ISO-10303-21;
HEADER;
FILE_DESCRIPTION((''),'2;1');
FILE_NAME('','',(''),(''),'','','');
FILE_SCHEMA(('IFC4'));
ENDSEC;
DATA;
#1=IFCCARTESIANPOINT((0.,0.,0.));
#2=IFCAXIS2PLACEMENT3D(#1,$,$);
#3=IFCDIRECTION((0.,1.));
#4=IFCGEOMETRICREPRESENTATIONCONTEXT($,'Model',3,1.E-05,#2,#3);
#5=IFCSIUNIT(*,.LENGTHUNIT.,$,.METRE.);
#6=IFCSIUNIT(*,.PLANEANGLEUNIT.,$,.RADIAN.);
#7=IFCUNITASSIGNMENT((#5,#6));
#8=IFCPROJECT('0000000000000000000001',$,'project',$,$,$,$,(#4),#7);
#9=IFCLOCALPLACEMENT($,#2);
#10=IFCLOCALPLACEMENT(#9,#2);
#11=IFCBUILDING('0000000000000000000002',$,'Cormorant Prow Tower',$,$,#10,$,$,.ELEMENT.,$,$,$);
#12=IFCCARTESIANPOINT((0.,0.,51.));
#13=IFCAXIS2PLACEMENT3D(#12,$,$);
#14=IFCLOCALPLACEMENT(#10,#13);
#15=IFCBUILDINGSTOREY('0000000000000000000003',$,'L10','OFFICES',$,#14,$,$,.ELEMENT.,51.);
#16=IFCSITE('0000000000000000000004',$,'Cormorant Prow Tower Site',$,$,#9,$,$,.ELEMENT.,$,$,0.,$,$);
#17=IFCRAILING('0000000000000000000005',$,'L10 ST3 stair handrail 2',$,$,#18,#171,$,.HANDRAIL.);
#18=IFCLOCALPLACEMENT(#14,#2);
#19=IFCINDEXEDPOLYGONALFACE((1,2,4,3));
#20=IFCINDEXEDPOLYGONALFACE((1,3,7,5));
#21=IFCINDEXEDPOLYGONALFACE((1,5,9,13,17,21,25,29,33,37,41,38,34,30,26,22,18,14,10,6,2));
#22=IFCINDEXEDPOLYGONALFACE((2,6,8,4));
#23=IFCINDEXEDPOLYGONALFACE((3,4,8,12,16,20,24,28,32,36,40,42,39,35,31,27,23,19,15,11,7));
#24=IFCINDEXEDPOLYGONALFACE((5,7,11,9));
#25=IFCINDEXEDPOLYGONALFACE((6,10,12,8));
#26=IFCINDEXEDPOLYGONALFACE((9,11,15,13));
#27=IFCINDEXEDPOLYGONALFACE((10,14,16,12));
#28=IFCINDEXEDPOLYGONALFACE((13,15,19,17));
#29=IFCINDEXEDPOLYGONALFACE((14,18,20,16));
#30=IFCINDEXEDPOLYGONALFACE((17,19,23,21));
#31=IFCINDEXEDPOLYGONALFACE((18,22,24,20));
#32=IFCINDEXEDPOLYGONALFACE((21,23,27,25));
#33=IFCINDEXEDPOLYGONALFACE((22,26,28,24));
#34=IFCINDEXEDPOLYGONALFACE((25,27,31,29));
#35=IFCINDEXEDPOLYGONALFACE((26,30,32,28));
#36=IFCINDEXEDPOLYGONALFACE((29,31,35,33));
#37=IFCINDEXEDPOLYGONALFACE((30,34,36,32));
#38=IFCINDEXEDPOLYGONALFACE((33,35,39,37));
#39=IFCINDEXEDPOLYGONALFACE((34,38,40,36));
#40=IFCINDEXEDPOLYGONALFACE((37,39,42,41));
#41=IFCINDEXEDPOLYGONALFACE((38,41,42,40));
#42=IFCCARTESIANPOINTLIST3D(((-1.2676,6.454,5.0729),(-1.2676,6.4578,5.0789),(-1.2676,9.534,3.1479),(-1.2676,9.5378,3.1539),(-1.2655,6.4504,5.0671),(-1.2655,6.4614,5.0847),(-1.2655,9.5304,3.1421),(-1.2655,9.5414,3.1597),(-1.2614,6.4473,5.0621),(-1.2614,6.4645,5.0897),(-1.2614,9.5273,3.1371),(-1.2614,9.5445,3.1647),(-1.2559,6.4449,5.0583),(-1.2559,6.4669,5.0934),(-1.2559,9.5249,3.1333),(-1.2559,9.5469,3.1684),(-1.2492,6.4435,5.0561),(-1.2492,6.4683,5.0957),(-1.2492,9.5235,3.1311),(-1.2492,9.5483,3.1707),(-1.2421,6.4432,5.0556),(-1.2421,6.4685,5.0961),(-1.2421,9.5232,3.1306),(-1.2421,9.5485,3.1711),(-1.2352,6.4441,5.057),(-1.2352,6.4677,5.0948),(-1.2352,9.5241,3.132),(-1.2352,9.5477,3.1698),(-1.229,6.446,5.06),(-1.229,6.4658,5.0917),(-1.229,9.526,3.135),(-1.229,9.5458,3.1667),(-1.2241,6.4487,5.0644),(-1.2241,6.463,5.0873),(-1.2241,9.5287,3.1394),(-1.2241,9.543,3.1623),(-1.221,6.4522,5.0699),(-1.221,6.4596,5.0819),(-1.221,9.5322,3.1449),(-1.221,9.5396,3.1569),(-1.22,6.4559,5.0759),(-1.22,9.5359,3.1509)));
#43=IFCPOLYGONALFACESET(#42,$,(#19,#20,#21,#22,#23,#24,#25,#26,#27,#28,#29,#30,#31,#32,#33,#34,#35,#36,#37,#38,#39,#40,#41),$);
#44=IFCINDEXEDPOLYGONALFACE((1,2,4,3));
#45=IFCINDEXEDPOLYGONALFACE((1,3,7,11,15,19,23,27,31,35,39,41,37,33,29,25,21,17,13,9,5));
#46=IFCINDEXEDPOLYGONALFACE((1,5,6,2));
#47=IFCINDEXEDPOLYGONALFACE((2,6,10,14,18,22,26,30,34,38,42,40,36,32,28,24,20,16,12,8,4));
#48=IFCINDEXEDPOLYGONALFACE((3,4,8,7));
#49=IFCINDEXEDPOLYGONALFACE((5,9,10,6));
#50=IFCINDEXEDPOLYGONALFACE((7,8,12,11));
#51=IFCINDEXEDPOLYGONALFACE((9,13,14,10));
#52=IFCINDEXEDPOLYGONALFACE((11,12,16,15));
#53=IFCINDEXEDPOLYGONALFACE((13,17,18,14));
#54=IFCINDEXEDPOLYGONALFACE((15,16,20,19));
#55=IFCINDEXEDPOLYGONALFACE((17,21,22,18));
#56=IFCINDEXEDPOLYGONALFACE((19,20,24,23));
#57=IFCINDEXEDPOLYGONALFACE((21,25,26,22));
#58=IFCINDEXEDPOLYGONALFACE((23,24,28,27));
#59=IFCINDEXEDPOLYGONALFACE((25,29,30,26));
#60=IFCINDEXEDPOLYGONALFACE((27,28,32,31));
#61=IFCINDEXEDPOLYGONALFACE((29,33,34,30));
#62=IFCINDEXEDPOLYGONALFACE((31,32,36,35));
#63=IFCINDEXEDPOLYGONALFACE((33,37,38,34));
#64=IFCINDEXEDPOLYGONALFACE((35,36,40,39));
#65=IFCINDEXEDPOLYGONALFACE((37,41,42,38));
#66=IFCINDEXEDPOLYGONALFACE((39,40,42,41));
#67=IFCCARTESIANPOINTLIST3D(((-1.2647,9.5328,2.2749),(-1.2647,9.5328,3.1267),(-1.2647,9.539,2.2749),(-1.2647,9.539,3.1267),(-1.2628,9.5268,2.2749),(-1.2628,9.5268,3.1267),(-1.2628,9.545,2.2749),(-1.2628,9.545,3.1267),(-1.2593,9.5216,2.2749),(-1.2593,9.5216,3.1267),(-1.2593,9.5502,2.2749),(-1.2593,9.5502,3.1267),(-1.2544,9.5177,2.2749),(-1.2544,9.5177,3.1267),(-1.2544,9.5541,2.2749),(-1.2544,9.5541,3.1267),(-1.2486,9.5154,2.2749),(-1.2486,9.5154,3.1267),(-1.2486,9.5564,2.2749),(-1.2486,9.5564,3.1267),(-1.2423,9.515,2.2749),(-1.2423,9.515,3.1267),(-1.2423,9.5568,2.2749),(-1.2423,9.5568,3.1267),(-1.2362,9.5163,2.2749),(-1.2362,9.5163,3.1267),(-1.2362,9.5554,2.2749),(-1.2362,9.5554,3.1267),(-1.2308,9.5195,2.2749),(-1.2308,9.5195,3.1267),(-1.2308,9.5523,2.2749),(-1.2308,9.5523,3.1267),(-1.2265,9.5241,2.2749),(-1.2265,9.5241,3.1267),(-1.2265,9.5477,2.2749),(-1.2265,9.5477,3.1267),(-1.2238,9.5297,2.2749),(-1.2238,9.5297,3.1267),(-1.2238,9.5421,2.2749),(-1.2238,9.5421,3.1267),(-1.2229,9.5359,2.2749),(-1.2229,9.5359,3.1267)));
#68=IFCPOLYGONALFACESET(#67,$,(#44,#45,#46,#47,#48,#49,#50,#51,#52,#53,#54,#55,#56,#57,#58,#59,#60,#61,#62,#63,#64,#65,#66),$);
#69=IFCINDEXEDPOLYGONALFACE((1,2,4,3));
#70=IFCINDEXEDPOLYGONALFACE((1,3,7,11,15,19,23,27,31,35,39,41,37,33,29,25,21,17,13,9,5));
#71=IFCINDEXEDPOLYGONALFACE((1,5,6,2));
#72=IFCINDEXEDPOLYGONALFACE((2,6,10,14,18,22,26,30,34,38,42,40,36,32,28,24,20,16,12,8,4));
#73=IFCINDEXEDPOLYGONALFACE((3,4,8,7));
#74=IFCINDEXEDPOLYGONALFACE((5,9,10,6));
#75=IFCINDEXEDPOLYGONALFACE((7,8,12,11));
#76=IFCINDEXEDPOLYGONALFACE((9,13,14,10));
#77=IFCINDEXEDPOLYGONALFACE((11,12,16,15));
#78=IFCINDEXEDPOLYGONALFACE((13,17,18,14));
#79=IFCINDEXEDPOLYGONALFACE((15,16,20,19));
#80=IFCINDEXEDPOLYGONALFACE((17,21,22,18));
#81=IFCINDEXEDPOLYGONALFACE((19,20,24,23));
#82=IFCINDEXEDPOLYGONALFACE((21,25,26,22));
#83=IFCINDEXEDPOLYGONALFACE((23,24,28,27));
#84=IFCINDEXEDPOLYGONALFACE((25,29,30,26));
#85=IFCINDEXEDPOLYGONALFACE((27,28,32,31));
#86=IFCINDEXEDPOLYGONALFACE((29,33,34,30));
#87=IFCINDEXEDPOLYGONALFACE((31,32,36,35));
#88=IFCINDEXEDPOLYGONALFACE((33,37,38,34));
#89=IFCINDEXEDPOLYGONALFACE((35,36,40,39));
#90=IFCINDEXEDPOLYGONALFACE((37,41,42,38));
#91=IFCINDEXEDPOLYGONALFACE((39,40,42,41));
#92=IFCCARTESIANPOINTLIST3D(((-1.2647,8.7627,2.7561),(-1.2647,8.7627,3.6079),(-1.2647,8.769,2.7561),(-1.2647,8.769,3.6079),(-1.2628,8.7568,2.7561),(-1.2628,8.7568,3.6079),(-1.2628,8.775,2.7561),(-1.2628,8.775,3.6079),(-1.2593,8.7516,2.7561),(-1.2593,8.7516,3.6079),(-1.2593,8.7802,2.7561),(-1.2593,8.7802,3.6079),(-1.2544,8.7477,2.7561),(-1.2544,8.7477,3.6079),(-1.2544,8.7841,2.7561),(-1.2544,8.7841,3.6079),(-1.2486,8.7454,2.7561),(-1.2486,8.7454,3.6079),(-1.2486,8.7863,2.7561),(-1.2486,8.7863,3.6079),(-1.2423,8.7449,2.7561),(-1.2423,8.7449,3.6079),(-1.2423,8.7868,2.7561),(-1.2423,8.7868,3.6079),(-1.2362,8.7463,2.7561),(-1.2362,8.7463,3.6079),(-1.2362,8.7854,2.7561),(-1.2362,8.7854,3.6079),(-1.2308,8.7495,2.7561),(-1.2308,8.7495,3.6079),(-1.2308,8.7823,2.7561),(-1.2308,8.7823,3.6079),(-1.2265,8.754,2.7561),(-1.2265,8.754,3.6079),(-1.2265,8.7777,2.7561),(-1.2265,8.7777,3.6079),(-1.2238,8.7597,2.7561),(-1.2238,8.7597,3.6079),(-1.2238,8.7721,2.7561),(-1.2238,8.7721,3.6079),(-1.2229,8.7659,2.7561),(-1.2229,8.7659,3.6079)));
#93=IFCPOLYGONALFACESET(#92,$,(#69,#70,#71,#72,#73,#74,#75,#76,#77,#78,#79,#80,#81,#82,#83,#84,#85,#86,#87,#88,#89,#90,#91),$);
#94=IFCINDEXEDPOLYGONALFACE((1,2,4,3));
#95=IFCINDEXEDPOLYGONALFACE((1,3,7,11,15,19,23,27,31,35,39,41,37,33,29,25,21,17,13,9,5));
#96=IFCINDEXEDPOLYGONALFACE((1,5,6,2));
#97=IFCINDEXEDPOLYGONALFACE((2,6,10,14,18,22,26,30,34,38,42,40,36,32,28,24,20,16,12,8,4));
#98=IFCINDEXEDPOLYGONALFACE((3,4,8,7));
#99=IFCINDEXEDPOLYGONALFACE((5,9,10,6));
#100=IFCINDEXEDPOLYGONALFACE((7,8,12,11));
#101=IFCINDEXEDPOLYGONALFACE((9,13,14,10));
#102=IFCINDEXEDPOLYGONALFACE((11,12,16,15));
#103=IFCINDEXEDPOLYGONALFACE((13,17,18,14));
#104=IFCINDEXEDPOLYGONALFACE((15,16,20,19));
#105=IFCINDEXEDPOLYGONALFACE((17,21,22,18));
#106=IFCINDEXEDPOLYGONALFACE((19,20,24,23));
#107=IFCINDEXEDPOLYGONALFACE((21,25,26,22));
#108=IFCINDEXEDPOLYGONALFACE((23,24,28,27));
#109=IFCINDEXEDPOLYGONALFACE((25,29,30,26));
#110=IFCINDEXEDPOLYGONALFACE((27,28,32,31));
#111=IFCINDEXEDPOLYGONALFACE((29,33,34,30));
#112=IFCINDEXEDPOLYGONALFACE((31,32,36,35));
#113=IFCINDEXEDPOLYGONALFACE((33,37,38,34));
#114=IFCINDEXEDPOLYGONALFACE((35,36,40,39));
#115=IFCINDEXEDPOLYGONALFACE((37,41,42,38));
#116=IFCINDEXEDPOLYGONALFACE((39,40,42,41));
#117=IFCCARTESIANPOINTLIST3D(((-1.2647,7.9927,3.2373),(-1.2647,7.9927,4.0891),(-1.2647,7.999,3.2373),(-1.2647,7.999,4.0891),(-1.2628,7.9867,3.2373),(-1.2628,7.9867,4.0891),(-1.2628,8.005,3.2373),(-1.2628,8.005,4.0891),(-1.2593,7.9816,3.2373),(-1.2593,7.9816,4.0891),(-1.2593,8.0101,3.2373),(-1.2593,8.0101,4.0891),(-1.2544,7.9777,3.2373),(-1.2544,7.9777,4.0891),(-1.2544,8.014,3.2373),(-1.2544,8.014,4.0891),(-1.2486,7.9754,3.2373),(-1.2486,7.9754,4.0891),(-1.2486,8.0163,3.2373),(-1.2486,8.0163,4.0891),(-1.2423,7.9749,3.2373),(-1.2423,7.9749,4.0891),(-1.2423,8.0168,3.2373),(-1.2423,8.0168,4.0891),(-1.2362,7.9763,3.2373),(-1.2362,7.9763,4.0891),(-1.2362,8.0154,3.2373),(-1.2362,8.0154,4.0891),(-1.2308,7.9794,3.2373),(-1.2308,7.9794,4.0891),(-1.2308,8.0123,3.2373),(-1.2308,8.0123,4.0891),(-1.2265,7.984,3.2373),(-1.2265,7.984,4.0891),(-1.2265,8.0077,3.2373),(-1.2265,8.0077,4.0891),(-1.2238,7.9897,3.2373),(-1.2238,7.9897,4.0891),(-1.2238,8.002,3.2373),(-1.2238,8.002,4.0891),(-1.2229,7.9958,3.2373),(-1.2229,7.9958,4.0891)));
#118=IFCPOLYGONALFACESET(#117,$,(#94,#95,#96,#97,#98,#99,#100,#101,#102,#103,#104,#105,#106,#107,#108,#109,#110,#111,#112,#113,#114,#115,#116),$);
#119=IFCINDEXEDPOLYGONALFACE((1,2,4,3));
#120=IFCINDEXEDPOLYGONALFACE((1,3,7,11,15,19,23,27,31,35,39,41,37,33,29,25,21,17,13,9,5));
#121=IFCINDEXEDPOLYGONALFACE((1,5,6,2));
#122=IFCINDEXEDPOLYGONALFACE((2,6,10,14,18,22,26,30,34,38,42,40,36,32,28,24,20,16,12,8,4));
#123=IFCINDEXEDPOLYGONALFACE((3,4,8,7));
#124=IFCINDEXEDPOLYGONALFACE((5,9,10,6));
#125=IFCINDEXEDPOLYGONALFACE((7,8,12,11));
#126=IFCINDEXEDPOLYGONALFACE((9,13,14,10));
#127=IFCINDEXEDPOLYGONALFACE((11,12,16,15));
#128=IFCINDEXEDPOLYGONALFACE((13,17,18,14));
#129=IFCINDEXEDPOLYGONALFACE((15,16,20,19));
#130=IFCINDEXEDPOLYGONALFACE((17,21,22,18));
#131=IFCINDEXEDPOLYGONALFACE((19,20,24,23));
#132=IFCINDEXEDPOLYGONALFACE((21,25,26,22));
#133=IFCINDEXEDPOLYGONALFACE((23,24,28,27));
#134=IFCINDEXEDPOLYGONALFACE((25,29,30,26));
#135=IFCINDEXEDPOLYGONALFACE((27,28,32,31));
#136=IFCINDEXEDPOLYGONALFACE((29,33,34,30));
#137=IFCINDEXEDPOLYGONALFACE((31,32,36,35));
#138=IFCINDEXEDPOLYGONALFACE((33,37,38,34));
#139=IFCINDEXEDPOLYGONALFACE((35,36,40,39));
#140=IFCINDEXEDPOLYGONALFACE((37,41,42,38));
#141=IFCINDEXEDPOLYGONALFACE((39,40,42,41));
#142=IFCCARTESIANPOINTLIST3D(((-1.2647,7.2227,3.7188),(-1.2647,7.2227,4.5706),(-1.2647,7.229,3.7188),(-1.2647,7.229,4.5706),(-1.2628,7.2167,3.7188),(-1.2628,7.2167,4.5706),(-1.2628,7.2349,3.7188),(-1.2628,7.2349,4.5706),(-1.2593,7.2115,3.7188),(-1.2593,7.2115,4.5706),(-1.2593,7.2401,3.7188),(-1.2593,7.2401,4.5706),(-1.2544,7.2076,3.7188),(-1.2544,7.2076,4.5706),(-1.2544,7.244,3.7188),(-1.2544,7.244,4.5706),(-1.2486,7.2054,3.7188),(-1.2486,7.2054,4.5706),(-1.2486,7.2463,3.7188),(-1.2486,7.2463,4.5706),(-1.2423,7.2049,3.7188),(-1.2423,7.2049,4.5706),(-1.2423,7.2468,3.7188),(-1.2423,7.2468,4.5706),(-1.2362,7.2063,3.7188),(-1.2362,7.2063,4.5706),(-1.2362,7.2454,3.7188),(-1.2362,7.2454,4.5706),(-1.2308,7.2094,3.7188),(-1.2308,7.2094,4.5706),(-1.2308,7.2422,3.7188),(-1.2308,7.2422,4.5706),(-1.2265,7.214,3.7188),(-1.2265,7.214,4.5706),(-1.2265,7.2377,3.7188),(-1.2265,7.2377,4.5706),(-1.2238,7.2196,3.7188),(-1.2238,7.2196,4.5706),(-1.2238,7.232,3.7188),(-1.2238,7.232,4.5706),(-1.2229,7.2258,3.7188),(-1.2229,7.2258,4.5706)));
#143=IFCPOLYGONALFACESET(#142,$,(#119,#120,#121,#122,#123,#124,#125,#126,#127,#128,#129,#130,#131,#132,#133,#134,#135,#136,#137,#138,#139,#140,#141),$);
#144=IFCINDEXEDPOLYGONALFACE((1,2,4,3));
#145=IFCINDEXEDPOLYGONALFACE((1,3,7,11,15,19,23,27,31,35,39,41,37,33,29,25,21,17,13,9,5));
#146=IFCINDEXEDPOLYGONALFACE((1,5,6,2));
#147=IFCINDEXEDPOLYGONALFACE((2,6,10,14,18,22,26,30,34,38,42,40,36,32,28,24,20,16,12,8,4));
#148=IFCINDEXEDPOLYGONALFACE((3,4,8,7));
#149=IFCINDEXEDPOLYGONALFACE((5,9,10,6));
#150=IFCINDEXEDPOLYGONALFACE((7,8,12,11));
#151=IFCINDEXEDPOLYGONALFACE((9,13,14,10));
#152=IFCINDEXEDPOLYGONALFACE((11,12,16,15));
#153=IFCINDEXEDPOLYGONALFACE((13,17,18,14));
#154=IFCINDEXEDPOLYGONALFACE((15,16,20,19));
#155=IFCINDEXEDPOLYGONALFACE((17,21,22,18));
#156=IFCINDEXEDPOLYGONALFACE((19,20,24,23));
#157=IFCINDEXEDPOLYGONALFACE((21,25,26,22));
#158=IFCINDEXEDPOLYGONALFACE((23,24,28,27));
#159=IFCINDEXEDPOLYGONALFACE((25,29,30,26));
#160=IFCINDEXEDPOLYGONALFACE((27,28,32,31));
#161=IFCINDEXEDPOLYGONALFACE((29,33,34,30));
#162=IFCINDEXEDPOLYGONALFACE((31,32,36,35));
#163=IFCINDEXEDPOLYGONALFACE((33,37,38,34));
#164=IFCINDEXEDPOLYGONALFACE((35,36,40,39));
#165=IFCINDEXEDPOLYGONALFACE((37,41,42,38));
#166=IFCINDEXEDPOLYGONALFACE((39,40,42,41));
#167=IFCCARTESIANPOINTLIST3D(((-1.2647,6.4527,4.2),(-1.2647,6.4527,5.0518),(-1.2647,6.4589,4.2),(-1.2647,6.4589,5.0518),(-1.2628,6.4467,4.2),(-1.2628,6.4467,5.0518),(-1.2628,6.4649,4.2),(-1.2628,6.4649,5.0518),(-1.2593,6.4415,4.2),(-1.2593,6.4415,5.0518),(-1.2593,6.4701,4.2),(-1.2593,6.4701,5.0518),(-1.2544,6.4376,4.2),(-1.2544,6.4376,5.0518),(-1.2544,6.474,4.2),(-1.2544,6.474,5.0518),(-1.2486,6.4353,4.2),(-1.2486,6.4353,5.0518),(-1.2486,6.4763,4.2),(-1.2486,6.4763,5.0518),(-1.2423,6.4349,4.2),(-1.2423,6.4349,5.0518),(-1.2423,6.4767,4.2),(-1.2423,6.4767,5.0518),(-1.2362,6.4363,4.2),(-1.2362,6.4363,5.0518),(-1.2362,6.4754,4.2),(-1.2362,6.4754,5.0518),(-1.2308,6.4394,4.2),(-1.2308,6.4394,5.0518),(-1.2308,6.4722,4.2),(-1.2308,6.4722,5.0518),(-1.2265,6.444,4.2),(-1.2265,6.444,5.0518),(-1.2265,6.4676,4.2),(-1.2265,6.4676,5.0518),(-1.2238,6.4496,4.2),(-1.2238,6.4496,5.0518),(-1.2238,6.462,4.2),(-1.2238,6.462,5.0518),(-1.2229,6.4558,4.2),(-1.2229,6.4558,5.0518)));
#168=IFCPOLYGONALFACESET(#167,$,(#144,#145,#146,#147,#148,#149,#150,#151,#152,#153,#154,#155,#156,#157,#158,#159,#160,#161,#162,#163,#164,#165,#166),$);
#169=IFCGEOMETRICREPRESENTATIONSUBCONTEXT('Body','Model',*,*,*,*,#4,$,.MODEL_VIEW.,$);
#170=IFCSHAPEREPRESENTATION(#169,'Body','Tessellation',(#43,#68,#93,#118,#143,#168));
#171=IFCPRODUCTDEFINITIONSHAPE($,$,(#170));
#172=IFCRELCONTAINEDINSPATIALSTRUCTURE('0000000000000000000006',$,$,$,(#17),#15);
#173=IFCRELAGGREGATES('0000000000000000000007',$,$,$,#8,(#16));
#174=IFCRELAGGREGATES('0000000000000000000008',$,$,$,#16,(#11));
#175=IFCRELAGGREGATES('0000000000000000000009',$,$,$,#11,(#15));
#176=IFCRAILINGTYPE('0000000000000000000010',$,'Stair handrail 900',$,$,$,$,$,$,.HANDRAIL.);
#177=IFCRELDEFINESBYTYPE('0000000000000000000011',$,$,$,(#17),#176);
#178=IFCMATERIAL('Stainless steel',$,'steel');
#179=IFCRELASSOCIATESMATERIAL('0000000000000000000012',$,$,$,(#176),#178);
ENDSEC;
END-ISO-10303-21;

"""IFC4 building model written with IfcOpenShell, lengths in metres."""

from ifc_helpers import new_model, si_unit, direction, frame, origin, origin_2d, place, context, subcontext, project, spatial, circle, extrude, material, type_object, element, save


model = new_model("IFC4")

# Units and contexts
model_context = context("Model", 3, precision=1e-05, world=origin(), true_north=direction((0.0, 1.0)))
body_context = subcontext(model_context, "Body", "Model", "MODEL_VIEW")
ifc_project = project(units=[si_unit("LENGTHUNIT", "METRE"), si_unit("PLANEANGLEUNIT", "RADIAN")], contexts=[model_context])

# Site, building, storey
site_placement = place(None, origin())
site = spatial("IfcSite", under=ifc_project, at=site_placement, Name="Cormorant Prow Tower Site", CompositionType="ELEMENT", RefElevation=0.0)
building_placement = place(site_placement, origin())
building = spatial("IfcBuilding", under=site, at=building_placement, Name="Cormorant Prow Tower", CompositionType="ELEMENT")
storey_placement = place(building_placement, frame((0.0, 0.0, 51.0)))
storey = spatial("IfcBuildingStorey", under=building, at=storey_placement, Name="L10", Description="OFFICES", CompositionType="ELEMENT", Elevation=51.0)

# Railing
ifc_material_1 = material(Name="Stainless steel", Category="steel")
railing_type = type_object("IfcRailingType", Name="Stair handrail 900", PredefinedType="HANDRAIL", material=ifc_material_1)
railing_placement = place(storey_placement, frame((-1.2439, 9.5359, 2.2749)))
element("IfcRailing", 1, at=railing_placement, inside=storey, type_object=railing_type, Name="L10 ST3 stair handrail 2", PredefinedType="HANDRAIL", context=body_context, shape_type="SweptSolid", body=[
    extrude(circle(Radius=0.0239, at=origin_2d()), frame((0.0, 0.0, 0.876), z_axis=(0.0, -0.847998, 0.529999), x_axis=(1.0, 0.0, 0.0)), (0.0, 0.0, 1.0), 3.6321),
    extrude(circle(Radius=0.021, at=origin_2d()), origin(), (0.0, 0.0, 1.0), 0.8518),
    extrude(circle(Radius=0.021, at=origin_2d()), frame((0.0, -0.77, 0.4812)), (0.0, 0.0, 1.0), 0.8518),
    extrude(circle(Radius=0.021, at=origin_2d()), frame((0.0, -1.54, 0.9624)), (0.0, 0.0, 1.0), 0.8518),
    extrude(circle(Radius=0.021, at=origin_2d()), frame((0.0, -2.3101, 1.4438)), (0.0, 0.0, 1.0), 0.8518),
    extrude(circle(Radius=0.021, at=origin_2d()), frame((0.0, -3.0801, 1.925)), (0.0, 0.0, 1.0), 0.8518),
])

save(model, "model.ifc")
